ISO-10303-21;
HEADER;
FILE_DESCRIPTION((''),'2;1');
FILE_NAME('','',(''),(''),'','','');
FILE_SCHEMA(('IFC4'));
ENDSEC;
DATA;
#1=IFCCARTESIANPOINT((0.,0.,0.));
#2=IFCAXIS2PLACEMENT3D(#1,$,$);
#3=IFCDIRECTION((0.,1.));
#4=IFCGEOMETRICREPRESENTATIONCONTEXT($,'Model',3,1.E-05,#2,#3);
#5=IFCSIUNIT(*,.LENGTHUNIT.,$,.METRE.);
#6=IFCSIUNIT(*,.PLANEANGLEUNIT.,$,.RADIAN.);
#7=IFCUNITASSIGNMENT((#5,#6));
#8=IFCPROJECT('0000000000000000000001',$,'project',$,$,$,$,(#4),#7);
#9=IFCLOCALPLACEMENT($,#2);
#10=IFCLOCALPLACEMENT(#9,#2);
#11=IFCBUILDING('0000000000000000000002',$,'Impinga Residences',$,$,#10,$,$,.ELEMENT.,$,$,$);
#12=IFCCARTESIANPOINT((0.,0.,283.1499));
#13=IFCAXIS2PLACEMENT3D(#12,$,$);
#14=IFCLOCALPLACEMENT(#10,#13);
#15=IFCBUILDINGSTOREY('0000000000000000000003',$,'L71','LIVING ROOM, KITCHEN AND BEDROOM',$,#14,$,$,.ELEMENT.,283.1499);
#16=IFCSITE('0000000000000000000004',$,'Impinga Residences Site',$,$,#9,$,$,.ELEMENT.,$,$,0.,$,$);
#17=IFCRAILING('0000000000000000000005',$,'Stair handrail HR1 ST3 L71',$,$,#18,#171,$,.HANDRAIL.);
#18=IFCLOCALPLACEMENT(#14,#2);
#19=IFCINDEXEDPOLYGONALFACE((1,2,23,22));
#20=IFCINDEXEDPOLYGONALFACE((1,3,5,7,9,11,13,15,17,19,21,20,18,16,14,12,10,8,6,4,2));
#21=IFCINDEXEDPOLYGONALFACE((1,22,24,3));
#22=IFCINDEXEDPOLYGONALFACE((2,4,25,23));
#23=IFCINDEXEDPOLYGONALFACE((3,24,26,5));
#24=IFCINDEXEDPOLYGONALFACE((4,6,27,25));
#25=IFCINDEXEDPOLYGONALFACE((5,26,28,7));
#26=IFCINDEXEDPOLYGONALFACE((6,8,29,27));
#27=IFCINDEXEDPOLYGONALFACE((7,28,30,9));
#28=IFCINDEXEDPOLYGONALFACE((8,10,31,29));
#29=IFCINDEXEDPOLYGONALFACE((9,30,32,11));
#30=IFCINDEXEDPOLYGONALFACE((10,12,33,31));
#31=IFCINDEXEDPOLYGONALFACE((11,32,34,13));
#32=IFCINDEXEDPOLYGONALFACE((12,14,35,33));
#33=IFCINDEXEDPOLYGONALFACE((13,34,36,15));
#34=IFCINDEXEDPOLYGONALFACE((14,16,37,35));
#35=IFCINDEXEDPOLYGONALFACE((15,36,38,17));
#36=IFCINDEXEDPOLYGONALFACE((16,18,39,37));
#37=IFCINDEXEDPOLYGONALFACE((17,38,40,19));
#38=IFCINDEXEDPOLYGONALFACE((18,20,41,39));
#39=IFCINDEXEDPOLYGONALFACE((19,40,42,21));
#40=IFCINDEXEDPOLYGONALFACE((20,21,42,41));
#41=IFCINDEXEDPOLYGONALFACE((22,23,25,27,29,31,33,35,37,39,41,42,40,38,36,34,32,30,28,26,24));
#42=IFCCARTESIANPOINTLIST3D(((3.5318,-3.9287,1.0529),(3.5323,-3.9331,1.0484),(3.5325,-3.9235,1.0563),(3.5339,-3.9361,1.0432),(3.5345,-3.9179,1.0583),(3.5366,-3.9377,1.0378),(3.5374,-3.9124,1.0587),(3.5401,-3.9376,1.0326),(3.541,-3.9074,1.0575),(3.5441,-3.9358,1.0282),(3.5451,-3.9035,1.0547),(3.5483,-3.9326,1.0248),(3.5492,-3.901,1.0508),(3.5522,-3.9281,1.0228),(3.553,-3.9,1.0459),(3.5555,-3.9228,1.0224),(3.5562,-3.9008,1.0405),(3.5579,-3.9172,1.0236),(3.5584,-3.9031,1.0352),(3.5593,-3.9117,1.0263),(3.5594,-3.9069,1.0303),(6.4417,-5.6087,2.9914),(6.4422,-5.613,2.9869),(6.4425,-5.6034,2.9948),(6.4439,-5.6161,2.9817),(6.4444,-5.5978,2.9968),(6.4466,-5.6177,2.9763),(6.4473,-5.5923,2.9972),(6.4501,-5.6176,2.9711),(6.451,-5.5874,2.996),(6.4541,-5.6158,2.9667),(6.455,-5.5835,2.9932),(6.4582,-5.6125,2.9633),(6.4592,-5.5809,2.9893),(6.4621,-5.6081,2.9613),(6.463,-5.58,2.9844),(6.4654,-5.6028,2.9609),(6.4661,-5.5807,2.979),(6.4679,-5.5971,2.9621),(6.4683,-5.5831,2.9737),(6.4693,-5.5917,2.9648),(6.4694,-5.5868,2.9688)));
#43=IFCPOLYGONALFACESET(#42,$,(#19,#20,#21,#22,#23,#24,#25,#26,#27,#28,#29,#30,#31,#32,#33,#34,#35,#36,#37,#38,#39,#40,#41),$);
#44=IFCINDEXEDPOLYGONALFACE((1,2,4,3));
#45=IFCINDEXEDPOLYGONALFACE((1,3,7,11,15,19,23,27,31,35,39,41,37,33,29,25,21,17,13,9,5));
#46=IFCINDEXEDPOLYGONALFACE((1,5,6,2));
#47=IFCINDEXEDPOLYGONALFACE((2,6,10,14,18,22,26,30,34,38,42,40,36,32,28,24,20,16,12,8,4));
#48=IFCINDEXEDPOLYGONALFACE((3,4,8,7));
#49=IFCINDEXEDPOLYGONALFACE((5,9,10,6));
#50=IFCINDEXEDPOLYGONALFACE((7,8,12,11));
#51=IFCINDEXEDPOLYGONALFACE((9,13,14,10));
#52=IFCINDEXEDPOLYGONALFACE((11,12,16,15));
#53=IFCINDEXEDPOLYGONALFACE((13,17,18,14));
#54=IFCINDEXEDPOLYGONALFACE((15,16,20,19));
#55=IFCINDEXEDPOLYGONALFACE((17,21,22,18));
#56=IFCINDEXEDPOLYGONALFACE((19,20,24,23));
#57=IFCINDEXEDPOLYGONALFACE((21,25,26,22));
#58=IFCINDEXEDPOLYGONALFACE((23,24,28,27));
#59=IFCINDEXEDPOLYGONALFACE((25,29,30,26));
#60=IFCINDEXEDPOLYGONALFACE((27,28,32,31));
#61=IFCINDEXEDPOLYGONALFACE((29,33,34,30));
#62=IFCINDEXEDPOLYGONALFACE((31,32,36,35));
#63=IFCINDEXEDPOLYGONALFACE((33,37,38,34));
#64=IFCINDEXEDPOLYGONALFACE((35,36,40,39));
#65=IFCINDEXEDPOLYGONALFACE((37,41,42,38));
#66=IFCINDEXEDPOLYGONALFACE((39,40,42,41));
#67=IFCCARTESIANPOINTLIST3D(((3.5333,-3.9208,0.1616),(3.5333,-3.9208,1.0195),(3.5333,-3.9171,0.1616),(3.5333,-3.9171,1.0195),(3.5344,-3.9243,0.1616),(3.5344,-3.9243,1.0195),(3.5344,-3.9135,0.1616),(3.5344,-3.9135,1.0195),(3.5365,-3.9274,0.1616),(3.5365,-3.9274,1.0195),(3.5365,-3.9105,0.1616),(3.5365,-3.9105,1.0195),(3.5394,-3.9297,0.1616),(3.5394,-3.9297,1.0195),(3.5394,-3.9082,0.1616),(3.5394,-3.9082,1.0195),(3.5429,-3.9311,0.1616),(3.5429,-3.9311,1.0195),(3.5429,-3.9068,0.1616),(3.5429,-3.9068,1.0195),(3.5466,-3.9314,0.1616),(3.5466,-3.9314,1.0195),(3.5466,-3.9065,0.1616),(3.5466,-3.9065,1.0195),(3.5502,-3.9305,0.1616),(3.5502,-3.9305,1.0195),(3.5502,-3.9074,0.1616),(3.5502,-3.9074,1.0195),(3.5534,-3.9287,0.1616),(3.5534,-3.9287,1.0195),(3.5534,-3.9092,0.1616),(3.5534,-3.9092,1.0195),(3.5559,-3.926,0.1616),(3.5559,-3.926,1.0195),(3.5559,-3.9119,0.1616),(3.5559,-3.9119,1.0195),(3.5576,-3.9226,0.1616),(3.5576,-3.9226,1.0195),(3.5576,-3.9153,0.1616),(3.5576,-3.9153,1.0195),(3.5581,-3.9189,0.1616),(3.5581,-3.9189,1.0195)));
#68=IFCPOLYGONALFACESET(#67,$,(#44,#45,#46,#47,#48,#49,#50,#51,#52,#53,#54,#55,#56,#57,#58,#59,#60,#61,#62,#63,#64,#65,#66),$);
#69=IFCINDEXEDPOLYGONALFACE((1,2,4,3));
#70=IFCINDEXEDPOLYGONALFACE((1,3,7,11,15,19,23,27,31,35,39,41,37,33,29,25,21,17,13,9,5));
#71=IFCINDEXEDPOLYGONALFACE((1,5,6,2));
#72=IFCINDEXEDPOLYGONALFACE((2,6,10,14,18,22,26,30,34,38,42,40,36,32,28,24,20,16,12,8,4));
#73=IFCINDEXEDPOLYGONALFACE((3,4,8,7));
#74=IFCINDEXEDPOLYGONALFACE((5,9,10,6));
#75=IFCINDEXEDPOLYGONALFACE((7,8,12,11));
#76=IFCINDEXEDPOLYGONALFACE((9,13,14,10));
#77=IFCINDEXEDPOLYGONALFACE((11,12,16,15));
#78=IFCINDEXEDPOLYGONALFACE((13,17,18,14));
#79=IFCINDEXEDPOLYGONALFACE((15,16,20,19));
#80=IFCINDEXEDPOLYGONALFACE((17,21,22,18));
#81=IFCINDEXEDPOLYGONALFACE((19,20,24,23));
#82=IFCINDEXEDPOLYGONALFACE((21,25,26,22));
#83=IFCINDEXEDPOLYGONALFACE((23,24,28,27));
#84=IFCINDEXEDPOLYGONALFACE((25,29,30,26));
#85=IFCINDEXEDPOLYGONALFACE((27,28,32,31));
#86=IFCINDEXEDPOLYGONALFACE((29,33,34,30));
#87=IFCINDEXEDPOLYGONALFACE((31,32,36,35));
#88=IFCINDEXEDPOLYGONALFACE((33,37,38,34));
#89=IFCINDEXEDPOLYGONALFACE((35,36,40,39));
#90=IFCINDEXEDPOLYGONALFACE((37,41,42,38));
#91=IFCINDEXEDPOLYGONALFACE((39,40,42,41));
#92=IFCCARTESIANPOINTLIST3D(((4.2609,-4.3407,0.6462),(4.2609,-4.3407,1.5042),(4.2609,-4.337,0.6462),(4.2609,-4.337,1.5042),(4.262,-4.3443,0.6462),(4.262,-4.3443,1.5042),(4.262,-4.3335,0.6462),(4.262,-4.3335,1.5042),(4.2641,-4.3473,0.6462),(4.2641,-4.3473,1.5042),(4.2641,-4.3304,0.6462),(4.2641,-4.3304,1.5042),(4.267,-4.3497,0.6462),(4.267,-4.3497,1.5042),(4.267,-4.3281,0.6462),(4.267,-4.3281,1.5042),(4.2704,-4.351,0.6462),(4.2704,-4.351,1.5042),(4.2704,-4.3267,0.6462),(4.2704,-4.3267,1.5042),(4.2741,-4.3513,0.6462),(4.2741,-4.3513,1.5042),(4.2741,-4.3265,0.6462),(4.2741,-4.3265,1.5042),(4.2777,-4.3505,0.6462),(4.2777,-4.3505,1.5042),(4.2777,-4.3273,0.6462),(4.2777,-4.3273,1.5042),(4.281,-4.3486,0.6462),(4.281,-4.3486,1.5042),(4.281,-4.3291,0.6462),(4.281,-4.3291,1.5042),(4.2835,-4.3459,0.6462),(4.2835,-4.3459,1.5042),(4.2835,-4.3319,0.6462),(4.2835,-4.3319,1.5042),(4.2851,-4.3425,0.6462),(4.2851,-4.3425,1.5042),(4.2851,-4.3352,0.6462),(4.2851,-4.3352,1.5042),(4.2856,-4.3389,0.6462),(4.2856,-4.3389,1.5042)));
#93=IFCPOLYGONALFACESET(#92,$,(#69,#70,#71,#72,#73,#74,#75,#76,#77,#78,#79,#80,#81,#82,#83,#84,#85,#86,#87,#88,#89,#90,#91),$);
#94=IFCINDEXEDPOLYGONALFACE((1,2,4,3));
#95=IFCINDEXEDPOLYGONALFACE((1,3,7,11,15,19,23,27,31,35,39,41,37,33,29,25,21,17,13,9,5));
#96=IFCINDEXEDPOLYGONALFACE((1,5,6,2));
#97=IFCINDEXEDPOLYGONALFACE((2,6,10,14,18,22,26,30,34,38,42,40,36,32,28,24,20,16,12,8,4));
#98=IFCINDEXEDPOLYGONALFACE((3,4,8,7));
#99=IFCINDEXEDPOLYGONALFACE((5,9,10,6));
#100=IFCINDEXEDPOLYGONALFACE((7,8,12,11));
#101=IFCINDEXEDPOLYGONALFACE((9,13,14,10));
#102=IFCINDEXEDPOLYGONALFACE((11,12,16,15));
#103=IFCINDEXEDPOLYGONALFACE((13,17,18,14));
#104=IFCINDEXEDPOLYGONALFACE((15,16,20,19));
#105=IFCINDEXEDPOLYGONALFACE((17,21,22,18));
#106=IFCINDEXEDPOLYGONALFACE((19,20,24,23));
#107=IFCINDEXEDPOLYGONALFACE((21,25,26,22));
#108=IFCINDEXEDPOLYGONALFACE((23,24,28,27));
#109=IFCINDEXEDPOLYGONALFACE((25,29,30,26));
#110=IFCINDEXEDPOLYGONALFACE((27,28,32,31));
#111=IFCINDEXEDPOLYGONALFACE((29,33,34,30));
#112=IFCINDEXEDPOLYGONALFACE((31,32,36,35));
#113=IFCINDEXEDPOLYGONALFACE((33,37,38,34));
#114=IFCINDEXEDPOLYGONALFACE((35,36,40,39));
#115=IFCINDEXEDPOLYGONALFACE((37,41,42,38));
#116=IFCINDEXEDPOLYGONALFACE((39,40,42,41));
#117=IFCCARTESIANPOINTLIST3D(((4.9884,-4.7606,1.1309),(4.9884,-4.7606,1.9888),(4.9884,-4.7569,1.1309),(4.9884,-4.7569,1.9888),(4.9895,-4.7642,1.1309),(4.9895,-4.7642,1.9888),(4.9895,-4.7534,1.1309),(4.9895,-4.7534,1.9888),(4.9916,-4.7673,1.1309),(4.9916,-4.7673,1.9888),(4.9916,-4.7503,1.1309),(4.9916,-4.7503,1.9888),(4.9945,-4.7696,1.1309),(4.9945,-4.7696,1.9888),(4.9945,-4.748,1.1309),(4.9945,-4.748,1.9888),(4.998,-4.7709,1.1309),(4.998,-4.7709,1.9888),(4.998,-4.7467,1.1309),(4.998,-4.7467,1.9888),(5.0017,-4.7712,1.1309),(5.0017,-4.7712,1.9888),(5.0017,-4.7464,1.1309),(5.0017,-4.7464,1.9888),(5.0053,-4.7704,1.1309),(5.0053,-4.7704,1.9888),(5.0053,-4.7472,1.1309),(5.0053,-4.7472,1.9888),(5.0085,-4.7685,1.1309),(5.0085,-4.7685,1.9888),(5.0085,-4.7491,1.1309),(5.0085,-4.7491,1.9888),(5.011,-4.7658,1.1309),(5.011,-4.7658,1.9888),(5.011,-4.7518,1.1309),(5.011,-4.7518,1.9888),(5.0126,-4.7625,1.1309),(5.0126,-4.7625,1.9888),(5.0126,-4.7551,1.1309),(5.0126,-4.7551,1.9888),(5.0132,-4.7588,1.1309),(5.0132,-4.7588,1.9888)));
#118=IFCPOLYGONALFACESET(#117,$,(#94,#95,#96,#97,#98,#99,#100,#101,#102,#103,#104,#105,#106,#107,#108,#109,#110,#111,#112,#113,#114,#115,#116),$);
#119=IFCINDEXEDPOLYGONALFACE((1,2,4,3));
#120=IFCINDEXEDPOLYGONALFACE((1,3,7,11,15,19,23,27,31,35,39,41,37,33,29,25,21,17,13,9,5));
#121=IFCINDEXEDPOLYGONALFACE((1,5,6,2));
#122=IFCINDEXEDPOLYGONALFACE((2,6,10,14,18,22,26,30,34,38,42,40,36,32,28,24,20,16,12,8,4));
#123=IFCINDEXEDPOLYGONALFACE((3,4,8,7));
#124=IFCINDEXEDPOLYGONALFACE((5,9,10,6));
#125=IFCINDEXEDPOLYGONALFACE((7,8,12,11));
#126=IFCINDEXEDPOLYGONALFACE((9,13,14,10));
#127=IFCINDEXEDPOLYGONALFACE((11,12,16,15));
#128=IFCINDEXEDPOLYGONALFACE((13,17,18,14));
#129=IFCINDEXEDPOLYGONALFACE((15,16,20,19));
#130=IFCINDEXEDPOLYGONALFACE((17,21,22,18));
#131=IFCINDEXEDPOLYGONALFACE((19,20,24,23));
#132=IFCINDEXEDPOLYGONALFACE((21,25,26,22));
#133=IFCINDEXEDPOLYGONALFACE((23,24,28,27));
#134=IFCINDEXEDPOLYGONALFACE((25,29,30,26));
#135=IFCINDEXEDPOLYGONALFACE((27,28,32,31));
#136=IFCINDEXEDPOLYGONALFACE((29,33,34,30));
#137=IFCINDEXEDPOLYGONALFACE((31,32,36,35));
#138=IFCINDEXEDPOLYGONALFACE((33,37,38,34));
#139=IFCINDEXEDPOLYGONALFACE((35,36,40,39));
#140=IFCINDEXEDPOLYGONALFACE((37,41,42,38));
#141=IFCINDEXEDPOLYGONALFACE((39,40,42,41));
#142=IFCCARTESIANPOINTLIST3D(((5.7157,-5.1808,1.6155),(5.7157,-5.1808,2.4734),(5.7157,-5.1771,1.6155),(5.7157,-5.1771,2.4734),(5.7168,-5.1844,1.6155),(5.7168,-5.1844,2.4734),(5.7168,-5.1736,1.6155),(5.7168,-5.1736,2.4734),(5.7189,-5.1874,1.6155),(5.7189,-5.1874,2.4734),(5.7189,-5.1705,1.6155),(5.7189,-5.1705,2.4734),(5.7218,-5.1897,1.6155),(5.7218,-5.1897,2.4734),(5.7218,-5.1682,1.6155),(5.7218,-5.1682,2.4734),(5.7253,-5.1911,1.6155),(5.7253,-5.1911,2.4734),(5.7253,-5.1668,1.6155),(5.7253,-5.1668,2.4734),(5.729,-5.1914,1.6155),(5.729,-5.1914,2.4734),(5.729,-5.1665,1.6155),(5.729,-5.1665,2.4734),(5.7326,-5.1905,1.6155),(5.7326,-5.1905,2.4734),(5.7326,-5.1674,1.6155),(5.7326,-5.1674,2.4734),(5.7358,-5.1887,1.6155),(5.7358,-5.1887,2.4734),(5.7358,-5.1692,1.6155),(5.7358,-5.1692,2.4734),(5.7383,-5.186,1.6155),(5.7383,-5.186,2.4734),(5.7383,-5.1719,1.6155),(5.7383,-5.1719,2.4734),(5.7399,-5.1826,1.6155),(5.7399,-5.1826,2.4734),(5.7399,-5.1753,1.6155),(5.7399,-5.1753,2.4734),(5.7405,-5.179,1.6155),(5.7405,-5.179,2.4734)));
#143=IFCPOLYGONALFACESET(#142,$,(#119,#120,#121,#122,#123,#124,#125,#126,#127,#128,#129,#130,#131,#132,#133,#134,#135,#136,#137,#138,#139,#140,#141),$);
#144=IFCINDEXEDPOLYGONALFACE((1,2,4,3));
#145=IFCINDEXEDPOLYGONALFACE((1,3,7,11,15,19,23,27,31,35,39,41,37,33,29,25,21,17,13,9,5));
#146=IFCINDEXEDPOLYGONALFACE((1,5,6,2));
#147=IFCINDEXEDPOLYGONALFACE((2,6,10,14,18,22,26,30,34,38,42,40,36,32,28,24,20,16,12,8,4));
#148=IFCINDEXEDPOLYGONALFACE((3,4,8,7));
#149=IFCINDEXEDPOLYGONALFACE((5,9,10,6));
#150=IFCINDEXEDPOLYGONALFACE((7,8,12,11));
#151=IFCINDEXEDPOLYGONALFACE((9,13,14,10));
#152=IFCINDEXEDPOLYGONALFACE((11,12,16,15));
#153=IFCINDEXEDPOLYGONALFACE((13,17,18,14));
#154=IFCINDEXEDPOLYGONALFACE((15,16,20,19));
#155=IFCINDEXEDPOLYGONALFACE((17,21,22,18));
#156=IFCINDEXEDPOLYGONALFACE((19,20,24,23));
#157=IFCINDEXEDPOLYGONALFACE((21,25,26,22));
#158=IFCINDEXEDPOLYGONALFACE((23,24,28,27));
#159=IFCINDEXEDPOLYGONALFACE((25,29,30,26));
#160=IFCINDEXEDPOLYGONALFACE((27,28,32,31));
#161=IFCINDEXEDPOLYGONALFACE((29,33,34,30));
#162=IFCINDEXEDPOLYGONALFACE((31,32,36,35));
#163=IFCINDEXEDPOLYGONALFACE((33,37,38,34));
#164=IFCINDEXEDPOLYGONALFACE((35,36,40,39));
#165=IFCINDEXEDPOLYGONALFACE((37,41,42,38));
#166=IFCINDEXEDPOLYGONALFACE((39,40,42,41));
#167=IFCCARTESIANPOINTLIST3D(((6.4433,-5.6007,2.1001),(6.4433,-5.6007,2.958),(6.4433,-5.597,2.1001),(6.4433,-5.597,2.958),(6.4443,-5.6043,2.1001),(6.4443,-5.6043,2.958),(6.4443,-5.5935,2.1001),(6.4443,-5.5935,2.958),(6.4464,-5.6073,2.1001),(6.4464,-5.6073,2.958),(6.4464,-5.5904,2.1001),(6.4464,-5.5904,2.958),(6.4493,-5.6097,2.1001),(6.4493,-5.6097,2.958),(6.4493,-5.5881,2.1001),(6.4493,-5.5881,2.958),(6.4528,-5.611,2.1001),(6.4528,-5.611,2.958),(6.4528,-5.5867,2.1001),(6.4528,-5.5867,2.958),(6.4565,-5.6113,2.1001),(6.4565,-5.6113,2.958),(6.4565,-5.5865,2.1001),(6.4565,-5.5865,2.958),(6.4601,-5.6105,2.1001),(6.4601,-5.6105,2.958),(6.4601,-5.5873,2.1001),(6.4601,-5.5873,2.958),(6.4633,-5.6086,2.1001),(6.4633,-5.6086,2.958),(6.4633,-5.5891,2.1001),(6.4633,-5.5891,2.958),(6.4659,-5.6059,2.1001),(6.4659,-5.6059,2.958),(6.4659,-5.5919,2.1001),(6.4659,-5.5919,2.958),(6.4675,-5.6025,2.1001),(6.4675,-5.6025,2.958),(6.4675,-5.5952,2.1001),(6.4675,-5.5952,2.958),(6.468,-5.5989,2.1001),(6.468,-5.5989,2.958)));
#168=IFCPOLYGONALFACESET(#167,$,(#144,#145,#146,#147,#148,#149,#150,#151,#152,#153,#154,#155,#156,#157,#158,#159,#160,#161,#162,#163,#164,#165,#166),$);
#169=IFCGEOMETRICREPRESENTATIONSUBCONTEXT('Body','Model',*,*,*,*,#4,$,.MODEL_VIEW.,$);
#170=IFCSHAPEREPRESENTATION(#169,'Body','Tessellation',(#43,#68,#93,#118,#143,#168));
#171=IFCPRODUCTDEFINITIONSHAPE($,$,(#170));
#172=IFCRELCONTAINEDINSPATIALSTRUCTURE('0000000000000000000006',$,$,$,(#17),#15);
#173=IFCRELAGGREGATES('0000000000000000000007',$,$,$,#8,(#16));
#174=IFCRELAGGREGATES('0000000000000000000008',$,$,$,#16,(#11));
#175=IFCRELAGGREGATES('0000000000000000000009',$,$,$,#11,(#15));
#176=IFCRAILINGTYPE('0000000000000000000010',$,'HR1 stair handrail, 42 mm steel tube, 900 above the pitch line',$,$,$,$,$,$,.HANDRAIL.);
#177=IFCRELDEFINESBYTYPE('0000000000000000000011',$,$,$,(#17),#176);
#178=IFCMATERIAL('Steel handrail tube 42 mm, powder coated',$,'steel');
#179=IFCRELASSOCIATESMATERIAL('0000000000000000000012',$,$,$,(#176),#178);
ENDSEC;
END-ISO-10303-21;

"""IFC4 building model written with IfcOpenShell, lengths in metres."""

from ifc_helpers import new_model, si_unit, direction, frame, origin, origin_2d, place, context, subcontext, project, spatial, circle, extrude, material, type_object, element, save


model = new_model("IFC4")

# Units and contexts
model_context = context("Model", 3, precision=1e-05, world=origin(), true_north=direction((0.0, 1.0)))
body_context = subcontext(model_context, "Body", "Model", "MODEL_VIEW")
ifc_project = project(units=[si_unit("LENGTHUNIT", "METRE"), si_unit("PLANEANGLEUNIT", "RADIAN")], contexts=[model_context])

# Site, building, storey
site_placement = place(None, origin())
site = spatial("IfcSite", under=ifc_project, at=site_placement, Name="Impinga Residences Site", CompositionType="ELEMENT", RefElevation=0.0)
building_placement = place(site_placement, origin())
building = spatial("IfcBuilding", under=site, at=building_placement, Name="Impinga Residences", CompositionType="ELEMENT")
storey_placement = place(building_placement, frame((0.0, 0.0, 283.1499)))
storey = spatial("IfcBuildingStorey", under=building, at=storey_placement, Name="L71", Description="LIVING ROOM, KITCHEN AND BEDROOM", CompositionType="ELEMENT", Elevation=283.1499)

# Railing
ifc_material_1 = material(Name="Steel handrail tube 42 mm, powder coated", Category="steel")
railing_type = type_object("IfcRailingType", Name="HR1 stair handrail, 42 mm steel tube, 900 above the pitch line", PredefinedType="HANDRAIL", material=ifc_material_1)
railing_placement = place(storey_placement, frame((3.5457, -3.9189, 0.1616)))
element("IfcRailing", 1, at=railing_placement, inside=storey, type_object=railing_type, Name="Stair handrail HR1 ST3 L71", PredefinedType="HANDRAIL", context=body_context, shape_type="SweptSolid", body=[
    extrude(circle(Radius=0.021, at=origin_2d()), frame((0.0, 0.0, 0.8789), z_axis=(0.750151, -0.433072, 0.499723), x_axis=(0.499976, 0.866039, 0.0)), (0.0, 0.0, 1.0), 3.8792),
    extrude(circle(Radius=0.0125, at=origin_2d()), origin(), (0.0, 0.0, 1.0), 0.8579),
    extrude(circle(Radius=0.0125, at=origin_2d()), frame((0.7275, -0.4199, 0.4846)), (0.0, 0.0, 1.0), 0.8579),
    extrude(circle(Radius=0.0125, at=origin_2d()), frame((1.4551, -0.8398, 0.9692)), (0.0, 0.0, 1.0), 0.8579),
    extrude(circle(Radius=0.0125, at=origin_2d()), frame((2.1824, -1.26, 1.4539)), (0.0, 0.0, 1.0), 0.8579),
    extrude(circle(Radius=0.0125, at=origin_2d()), frame((2.9099, -1.6799, 1.9385)), (0.0, 0.0, 1.0), 0.8579),
])

save(model, "model.ifc")
